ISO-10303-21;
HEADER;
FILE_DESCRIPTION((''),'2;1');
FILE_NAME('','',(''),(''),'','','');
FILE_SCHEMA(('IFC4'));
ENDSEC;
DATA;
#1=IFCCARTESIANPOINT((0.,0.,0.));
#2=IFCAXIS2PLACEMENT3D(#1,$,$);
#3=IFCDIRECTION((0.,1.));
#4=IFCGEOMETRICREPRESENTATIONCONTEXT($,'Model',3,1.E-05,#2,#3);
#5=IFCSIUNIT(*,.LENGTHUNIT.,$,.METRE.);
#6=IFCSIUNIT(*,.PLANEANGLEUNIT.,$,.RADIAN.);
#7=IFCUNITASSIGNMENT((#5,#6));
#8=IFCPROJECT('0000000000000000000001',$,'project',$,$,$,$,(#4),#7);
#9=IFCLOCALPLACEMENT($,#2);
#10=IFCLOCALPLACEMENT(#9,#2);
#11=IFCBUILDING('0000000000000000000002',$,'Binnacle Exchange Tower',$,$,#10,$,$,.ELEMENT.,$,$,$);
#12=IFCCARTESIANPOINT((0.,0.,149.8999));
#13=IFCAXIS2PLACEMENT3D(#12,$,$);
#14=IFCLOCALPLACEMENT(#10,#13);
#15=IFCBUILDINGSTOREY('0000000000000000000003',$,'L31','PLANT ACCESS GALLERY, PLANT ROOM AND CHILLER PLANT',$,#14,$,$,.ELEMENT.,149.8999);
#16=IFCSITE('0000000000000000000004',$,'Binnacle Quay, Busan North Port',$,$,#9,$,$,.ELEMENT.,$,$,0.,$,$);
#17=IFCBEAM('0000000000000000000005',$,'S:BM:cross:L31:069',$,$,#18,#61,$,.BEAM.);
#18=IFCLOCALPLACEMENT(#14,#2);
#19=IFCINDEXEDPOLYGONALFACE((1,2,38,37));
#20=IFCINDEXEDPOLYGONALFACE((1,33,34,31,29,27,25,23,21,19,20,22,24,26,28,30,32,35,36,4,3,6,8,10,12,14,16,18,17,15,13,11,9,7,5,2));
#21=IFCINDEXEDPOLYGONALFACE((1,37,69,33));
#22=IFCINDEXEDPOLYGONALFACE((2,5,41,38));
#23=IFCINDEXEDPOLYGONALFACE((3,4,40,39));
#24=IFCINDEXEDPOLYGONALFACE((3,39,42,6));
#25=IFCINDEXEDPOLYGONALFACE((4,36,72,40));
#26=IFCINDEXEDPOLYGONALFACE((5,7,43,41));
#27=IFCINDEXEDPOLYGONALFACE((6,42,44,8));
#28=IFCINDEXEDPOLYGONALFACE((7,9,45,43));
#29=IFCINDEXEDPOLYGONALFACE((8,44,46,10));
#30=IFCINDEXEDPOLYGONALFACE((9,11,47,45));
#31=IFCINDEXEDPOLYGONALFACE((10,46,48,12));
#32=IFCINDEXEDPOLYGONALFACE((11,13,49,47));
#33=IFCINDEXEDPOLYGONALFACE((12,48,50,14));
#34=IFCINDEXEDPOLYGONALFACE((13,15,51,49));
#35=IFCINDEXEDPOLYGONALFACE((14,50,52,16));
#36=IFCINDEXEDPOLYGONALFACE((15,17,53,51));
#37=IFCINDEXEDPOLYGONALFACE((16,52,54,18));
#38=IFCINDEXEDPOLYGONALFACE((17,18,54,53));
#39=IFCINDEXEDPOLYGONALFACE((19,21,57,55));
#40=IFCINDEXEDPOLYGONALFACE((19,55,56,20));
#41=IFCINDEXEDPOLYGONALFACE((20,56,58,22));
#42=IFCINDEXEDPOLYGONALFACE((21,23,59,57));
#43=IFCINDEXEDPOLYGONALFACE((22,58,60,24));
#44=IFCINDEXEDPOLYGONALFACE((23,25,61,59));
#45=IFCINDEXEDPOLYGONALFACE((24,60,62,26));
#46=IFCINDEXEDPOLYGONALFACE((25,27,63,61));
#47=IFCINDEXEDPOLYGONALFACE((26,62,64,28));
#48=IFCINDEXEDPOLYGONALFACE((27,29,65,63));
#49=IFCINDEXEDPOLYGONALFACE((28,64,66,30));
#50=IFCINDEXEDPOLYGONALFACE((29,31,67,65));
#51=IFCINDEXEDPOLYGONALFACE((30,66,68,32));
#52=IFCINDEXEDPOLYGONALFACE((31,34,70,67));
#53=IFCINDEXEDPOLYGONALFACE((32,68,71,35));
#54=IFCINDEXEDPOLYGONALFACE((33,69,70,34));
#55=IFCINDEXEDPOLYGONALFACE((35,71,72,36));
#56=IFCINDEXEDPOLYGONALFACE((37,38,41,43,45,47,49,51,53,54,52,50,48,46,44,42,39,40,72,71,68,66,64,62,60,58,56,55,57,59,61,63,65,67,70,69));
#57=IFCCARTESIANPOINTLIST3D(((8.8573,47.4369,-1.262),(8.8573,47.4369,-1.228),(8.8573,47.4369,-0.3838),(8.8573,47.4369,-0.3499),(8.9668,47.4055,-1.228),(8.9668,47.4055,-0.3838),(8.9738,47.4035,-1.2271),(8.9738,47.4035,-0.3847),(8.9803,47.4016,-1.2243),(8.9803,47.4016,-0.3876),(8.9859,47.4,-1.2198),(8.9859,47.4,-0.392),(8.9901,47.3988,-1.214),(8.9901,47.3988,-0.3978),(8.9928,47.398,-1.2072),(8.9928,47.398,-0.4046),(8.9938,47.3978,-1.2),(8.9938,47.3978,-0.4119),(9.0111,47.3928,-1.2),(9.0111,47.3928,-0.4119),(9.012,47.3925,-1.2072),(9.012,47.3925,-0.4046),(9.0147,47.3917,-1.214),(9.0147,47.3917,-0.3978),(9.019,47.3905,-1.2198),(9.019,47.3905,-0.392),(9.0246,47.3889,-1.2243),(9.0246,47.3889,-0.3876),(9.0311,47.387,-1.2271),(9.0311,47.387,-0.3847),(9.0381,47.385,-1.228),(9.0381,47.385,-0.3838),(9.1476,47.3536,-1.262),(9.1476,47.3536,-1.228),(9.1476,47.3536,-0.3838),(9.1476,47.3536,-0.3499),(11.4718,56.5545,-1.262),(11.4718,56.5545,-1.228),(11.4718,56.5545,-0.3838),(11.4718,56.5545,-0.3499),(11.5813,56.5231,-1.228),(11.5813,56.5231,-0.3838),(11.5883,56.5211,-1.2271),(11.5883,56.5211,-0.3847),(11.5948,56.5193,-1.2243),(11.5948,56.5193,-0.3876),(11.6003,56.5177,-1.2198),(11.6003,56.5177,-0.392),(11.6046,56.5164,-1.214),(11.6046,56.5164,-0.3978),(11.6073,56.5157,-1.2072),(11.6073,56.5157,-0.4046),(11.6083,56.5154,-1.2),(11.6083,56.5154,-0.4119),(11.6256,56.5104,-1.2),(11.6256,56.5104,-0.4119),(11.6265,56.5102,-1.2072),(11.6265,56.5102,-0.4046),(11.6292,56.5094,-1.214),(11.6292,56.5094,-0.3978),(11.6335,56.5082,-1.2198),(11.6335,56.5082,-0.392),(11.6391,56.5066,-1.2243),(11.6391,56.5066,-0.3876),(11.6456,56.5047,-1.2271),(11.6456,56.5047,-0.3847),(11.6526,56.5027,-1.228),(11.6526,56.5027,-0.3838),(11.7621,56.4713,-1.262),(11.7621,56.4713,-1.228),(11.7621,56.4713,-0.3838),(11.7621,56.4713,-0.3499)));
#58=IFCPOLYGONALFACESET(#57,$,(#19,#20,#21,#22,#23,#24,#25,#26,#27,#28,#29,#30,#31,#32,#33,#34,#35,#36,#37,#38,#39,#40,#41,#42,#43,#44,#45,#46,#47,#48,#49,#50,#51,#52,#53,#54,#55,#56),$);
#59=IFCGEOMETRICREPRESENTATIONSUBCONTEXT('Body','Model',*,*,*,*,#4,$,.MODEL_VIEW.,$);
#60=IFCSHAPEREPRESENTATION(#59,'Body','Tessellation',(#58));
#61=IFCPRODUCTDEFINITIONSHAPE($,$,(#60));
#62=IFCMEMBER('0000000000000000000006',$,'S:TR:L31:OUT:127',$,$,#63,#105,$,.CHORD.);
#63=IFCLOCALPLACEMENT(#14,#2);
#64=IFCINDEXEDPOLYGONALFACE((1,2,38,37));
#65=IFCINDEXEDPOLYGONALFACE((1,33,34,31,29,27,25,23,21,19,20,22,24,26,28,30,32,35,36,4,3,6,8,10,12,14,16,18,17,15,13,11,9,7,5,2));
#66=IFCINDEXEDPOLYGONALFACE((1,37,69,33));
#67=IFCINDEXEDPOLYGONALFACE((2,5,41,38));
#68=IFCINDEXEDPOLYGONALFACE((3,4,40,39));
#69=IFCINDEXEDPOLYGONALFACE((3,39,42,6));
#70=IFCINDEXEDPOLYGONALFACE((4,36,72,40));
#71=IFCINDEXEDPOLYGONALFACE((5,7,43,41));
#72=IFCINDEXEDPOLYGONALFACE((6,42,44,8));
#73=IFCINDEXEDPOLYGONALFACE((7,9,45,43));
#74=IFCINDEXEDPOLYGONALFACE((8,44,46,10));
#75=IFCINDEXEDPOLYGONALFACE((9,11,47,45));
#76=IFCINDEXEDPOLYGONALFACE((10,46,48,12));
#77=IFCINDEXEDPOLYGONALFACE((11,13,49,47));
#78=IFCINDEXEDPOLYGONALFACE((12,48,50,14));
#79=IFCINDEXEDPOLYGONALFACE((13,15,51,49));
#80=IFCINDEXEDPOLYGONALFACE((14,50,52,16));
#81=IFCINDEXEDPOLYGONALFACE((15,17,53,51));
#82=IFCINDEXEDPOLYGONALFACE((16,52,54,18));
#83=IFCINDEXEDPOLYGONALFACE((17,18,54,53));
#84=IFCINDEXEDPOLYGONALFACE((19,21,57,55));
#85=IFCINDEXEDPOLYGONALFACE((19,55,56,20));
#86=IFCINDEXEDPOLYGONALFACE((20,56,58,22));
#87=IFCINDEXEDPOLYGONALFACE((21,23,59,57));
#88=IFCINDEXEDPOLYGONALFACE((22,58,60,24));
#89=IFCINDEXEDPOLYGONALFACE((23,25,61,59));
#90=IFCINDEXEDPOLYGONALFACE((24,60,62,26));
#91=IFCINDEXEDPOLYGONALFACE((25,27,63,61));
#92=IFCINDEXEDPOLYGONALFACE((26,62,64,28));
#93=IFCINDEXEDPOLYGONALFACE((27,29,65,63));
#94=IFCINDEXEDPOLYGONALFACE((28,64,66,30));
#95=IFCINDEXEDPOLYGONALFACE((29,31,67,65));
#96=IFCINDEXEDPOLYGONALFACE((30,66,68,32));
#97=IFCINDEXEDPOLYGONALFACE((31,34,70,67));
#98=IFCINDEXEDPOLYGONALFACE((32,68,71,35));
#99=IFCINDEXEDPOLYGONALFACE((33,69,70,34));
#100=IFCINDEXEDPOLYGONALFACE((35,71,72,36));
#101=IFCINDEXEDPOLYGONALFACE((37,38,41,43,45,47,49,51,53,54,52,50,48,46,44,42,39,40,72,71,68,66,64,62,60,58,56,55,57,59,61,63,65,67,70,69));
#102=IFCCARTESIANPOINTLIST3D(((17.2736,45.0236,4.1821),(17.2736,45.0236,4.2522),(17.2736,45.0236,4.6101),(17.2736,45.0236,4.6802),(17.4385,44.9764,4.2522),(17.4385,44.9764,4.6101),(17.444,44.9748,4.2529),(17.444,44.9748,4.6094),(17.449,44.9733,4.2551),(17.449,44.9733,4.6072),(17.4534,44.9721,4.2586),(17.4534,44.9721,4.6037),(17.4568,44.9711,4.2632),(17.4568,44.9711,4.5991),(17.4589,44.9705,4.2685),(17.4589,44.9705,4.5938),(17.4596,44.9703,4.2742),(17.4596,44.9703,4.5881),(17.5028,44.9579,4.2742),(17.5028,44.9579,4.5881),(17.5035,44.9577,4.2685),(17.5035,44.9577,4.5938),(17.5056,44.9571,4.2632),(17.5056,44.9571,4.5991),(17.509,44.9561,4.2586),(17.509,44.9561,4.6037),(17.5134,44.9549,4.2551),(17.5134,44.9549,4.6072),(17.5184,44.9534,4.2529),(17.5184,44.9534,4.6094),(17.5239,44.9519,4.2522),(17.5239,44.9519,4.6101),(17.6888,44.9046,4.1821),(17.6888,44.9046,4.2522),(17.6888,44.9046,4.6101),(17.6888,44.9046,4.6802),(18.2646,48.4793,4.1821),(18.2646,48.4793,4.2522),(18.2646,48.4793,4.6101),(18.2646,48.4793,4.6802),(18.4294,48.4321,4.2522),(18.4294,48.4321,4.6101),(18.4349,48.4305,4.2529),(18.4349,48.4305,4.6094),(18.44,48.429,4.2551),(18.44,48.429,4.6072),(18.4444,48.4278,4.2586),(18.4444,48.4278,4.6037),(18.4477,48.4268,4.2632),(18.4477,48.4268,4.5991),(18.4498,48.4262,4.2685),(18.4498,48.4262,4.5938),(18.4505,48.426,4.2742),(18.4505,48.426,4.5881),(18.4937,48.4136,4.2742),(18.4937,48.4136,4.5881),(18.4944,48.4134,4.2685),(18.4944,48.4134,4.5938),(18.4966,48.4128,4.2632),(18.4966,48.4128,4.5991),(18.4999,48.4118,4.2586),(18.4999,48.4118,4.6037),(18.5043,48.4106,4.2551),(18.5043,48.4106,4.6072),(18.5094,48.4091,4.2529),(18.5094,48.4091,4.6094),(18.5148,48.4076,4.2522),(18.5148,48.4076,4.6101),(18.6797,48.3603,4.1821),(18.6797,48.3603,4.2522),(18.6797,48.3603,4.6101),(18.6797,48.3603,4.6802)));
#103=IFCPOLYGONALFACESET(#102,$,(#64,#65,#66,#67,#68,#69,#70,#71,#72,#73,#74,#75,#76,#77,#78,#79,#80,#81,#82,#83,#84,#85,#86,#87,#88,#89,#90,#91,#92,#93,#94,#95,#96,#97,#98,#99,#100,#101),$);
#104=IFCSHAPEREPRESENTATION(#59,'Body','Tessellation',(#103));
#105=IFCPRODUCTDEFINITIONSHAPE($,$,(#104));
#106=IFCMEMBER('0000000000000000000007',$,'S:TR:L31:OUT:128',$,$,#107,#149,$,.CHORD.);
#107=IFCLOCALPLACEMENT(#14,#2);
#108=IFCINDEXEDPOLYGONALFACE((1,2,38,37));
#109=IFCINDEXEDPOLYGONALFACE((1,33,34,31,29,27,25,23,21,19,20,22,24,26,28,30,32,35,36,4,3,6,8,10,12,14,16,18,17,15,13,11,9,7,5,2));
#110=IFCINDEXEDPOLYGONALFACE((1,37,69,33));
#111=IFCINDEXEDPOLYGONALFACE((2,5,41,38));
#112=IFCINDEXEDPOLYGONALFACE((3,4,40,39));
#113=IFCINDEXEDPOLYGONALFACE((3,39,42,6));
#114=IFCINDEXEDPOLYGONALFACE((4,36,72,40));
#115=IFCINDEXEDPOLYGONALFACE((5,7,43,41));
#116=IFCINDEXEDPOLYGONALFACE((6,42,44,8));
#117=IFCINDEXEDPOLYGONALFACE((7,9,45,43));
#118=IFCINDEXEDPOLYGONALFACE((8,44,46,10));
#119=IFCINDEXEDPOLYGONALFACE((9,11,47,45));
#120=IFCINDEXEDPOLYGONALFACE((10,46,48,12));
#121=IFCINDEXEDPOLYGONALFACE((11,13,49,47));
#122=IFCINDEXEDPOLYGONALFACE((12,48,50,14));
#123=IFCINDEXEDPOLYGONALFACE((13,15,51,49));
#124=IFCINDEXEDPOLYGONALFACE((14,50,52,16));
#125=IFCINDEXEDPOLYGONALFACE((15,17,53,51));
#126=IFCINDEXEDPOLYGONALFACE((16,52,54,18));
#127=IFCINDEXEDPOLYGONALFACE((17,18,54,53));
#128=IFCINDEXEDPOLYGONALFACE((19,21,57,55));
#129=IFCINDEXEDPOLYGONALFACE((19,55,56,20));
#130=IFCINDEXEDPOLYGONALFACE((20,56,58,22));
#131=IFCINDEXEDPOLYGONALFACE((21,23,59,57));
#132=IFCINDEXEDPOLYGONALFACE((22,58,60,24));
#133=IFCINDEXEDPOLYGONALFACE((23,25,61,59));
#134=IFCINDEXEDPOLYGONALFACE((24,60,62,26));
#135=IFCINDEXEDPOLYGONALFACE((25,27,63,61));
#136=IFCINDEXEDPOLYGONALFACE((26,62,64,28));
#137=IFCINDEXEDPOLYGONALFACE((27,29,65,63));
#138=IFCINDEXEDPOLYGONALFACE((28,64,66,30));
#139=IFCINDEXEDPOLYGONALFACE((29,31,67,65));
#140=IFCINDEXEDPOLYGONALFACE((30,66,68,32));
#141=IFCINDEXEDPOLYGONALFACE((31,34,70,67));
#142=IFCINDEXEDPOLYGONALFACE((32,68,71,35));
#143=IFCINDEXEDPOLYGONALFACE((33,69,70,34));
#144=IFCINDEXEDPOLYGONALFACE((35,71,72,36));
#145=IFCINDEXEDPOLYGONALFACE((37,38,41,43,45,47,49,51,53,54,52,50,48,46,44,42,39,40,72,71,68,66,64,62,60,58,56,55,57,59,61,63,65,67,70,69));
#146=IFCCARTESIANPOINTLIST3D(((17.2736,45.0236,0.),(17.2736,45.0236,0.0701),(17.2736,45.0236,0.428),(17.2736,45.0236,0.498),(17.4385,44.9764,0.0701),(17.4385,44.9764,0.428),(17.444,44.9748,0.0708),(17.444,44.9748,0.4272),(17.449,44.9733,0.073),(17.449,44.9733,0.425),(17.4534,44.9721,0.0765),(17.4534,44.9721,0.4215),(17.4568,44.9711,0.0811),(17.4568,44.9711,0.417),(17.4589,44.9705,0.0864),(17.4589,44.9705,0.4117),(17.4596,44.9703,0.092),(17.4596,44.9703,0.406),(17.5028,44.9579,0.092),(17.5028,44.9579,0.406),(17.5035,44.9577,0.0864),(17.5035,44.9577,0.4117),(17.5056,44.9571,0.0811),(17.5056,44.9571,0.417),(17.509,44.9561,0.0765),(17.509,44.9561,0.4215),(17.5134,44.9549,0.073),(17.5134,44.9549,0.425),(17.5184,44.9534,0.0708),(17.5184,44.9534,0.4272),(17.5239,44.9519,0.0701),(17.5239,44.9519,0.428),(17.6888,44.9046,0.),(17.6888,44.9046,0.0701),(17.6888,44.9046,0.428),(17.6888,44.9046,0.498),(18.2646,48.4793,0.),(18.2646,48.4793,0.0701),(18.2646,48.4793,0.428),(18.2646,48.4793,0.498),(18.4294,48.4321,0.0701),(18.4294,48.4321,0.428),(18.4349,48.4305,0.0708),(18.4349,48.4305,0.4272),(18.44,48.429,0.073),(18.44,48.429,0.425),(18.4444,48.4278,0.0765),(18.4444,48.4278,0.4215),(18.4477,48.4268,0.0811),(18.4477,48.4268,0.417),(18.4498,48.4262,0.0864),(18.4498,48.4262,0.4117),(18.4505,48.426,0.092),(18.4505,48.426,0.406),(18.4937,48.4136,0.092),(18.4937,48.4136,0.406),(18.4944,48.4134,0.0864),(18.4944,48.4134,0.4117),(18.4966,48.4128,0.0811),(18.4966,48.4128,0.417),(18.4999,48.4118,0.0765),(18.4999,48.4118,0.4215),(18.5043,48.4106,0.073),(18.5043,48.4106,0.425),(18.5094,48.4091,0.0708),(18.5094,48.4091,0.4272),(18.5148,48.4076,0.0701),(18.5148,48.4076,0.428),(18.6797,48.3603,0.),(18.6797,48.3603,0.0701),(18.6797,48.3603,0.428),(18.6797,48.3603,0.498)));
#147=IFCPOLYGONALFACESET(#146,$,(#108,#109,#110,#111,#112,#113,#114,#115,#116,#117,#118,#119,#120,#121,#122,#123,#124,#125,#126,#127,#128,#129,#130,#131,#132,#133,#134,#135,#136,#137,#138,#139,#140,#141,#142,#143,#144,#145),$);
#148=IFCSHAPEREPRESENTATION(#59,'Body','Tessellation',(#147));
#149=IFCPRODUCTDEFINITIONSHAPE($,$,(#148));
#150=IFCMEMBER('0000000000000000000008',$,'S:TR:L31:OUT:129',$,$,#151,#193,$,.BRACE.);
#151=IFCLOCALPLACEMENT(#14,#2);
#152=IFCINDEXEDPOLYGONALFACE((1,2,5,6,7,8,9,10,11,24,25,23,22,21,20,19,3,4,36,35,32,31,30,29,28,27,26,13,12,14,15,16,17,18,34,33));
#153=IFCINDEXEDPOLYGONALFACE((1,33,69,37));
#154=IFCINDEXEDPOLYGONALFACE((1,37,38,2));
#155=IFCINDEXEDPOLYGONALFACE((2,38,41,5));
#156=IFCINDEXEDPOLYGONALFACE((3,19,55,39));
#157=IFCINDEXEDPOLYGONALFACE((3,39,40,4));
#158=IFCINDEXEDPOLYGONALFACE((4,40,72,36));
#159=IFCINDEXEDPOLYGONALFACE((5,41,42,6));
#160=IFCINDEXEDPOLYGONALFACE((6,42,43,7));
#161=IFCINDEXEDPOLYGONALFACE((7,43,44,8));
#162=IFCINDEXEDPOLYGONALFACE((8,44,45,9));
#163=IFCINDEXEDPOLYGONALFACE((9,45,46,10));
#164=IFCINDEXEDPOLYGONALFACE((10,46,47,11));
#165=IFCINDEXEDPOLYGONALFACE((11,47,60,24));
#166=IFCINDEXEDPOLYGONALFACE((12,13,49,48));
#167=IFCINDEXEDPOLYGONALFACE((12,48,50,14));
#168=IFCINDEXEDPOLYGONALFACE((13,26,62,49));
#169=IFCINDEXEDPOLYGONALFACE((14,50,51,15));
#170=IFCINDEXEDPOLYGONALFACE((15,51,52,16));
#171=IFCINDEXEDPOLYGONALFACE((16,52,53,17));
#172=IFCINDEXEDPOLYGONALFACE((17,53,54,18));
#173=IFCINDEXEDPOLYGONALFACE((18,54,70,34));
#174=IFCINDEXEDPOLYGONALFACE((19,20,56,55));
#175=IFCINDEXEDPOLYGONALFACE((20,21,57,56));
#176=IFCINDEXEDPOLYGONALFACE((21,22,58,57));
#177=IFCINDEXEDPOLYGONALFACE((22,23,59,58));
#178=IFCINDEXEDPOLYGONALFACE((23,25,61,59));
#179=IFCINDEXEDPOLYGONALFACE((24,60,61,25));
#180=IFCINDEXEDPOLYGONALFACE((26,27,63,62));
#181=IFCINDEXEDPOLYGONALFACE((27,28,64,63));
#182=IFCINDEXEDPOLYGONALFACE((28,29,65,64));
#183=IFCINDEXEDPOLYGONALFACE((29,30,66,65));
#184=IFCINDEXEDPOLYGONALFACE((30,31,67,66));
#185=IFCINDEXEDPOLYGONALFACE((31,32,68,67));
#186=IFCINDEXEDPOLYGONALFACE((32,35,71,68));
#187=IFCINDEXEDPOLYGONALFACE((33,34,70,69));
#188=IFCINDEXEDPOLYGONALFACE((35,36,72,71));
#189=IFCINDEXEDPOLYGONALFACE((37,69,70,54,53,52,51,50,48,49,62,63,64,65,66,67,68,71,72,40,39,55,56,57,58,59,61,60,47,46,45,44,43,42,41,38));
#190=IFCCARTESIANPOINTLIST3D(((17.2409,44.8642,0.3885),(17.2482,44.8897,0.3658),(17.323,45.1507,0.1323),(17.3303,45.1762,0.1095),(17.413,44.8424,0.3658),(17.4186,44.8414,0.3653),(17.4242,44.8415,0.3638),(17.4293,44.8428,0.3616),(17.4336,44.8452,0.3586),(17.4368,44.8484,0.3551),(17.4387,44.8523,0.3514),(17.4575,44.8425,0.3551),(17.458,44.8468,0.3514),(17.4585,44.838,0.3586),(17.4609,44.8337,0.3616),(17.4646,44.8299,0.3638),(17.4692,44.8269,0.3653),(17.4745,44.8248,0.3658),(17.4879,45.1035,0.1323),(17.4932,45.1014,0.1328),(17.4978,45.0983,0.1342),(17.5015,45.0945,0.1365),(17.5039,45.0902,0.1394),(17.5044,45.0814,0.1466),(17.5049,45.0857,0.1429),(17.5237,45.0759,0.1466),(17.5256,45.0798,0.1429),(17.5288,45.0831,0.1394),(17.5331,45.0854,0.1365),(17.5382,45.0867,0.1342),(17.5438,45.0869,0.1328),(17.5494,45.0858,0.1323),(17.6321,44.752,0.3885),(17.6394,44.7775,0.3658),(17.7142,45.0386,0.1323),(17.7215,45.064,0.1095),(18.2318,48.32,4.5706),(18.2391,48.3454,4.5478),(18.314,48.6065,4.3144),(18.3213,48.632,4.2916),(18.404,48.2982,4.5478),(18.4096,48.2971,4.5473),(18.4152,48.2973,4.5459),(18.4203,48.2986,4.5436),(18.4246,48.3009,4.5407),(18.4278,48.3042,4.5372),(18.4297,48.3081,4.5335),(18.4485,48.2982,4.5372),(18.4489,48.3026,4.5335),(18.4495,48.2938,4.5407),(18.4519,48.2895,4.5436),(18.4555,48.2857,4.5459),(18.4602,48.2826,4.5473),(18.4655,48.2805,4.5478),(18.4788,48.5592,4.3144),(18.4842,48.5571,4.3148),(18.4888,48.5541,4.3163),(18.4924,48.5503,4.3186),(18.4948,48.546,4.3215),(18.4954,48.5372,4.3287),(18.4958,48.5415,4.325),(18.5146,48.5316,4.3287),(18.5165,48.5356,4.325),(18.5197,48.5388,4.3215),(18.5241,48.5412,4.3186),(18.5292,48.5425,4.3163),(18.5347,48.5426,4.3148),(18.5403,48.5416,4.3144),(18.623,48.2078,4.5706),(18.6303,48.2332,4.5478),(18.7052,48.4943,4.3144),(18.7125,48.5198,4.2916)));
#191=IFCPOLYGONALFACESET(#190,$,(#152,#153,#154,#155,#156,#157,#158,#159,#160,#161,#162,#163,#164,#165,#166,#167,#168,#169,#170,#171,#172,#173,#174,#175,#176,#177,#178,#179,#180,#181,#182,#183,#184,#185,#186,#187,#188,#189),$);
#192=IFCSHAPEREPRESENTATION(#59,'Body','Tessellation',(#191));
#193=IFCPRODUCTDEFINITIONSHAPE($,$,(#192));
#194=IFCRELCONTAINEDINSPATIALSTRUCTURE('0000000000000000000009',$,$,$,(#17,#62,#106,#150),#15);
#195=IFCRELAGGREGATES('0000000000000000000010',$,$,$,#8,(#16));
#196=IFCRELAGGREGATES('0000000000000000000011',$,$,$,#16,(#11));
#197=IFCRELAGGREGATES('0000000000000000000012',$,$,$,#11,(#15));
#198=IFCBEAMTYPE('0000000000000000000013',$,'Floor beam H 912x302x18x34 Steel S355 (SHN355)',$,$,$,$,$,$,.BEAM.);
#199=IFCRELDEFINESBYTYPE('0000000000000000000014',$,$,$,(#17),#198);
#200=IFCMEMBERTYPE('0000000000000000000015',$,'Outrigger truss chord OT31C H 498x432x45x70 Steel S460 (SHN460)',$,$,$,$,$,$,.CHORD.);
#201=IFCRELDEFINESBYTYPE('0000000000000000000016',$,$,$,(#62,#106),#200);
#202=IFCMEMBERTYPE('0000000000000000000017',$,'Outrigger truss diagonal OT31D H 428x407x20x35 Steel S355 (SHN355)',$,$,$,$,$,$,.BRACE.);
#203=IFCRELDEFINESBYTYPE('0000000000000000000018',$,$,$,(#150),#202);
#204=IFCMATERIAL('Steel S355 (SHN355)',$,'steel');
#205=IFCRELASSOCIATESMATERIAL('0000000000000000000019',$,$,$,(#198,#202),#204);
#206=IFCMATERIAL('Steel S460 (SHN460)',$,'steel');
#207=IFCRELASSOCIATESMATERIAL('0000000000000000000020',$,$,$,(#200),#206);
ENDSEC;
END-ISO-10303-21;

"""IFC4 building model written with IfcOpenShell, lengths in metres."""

from ifc_helpers import new_model, si_unit, direction, frame, origin, origin_2d, place, context, subcontext, project, spatial, i_section, extrude, material, material_profile, profile_set, type_object, element, save


model = new_model("IFC4")

# Units and contexts
model_context = context("Model", 3, precision=1e-05, world=origin(), true_north=direction((0.0, 1.0)))
body_context = subcontext(model_context, "Body", "Model", "MODEL_VIEW")
ifc_project = project(units=[si_unit("LENGTHUNIT", "METRE"), si_unit("PLANEANGLEUNIT", "RADIAN")], contexts=[model_context])

# Site, building, storey
site_placement = place(None, origin())
site = spatial("IfcSite", under=ifc_project, at=site_placement, Name="Binnacle Quay, Busan North Port", CompositionType="ELEMENT", RefElevation=0.0)
building_placement = place(site_placement, origin())
building = spatial("IfcBuilding", under=site, at=building_placement, Name="Binnacle Exchange Tower", CompositionType="ELEMENT")
storey_placement = place(building_placement, frame((0.0, 0.0, 149.8999)))
storey = spatial("IfcBuildingStorey", under=building, at=storey_placement, Name="L31", Description="PLANT ACCESS GALLERY, PLANT ROOM AND CHILLER PLANT", CompositionType="ELEMENT", Elevation=149.8999)

# Shared definitions
ifc_material_1 = material(Name="Steel S460 (SHN460)", Category="steel")
ifc_material_2 = material(Name="Steel S355 (SHN355)", Category="steel")

# Beam
ifc_material_profile_1 = material_profile(ifc_material_2, i_section(OverallWidth=0.302, OverallDepth=0.9121, WebThickness=0.0181, FlangeThickness=0.0339, FilletRadius=0.0281, at=origin_2d()), Name="H 912x302x18x34")
ifc_profile_set_1 = profile_set([ifc_material_profile_1], Name="Steel S355 (SHN355)")
beam_type_1 = type_object("IfcBeamType", Name="Floor beam H 912x302x18x34 Steel S355 (SHN355)", PredefinedType="BEAM", material=ifc_profile_set_1)
beam_1_placement = place(storey_placement, frame((9.0024, 47.3953, -0.8059), z_axis=(0.275642, 0.96126, 0.0), x_axis=(-0.96126, 0.275642, 0.0)))
element("IfcBeam", 1, at=beam_1_placement, inside=storey, type_object=beam_type_1, Name="S:BM:cross:L31:069", PredefinedType="BEAM", context=body_context, shape_type="SweptSolid", body=[
    extrude(i_section(OverallWidth=0.302, OverallDepth=0.9121, WebThickness=0.0181, FlangeThickness=0.0339, FilletRadius=0.0281, at=origin_2d()), origin(), (0.0, 0.0, 1.0), 9.4851),
])

# Members
ifc_material_profile_2 = material_profile(ifc_material_1, i_section(OverallWidth=0.4319, OverallDepth=0.498, WebThickness=0.0449, FlangeThickness=0.0701, FilletRadius=0.022, at=origin_2d()), Name="H 498x432x45x70")
ifc_profile_set_2 = profile_set([ifc_material_profile_2], Name="Steel S460 (SHN460)")
member_type_1 = type_object("IfcMemberType", Name="Outrigger truss chord OT31C H 498x432x45x70 Steel S460 (SHN460)", PredefinedType="CHORD", material=ifc_profile_set_2)
for number, where, z_axis, x_axis, name in (
    (2, (17.4812, 44.9641, 4.4312), (0.275645, 0.96126, 0.0), (-0.96126, 0.275645, 0.0), "S:TR:L31:OUT:127"),
    (3, (17.4812, 44.9641, 0.249), (0.275645, 0.96126, 0.0), (-0.96126, 0.275645, 0.0), "S:TR:L31:OUT:128"),
):
    element("IfcMember", number, at=place(storey_placement, frame(where, z_axis=z_axis, x_axis=x_axis)), inside=storey, type_object=member_type_1, Name=name, PredefinedType="CHORD", context=body_context, shape_type="SweptSolid", body=[
        extrude(i_section(OverallWidth=0.4319, OverallDepth=0.498, WebThickness=0.0449, FlangeThickness=0.0701, FilletRadius=0.022, at=origin_2d()), origin(), (0.0, 0.0, 1.0), 3.595),
    ])
ifc_material_profile_3 = material_profile(ifc_material_2, i_section(OverallWidth=0.407, OverallDepth=0.428, WebThickness=0.02, FlangeThickness=0.0349, FilletRadius=0.022, at=origin_2d()), Name="H 428x407x20x35")
ifc_profile_set_3 = profile_set([ifc_material_profile_3], Name="Steel S355 (SHN355)")
member_type_2 = type_object("IfcMemberType", Name="Outrigger truss diagonal OT31D H 428x407x20x35 Steel S355 (SHN355)", PredefinedType="BRACE", material=ifc_profile_set_3)
member_1_placement = place(storey_placement, frame((17.4812, 44.9641, 0.249), z_axis=(0.179687, 0.626624, 0.758324), x_axis=(-0.96126, 0.275645, 0.0)))
element("IfcMember", 4, at=member_1_placement, inside=storey, type_object=member_type_2, Name="S:TR:L31:OUT:129", PredefinedType="BRACE", context=body_context, shape_type="SweptSolid", body=[
    extrude(i_section(OverallWidth=0.407, OverallDepth=0.428, WebThickness=0.02, FlangeThickness=0.0349, FilletRadius=0.022, at=origin_2d()), origin(), (0.0, 0.0, 1.0), 5.5149),
])

save(model, "model.ifc")
